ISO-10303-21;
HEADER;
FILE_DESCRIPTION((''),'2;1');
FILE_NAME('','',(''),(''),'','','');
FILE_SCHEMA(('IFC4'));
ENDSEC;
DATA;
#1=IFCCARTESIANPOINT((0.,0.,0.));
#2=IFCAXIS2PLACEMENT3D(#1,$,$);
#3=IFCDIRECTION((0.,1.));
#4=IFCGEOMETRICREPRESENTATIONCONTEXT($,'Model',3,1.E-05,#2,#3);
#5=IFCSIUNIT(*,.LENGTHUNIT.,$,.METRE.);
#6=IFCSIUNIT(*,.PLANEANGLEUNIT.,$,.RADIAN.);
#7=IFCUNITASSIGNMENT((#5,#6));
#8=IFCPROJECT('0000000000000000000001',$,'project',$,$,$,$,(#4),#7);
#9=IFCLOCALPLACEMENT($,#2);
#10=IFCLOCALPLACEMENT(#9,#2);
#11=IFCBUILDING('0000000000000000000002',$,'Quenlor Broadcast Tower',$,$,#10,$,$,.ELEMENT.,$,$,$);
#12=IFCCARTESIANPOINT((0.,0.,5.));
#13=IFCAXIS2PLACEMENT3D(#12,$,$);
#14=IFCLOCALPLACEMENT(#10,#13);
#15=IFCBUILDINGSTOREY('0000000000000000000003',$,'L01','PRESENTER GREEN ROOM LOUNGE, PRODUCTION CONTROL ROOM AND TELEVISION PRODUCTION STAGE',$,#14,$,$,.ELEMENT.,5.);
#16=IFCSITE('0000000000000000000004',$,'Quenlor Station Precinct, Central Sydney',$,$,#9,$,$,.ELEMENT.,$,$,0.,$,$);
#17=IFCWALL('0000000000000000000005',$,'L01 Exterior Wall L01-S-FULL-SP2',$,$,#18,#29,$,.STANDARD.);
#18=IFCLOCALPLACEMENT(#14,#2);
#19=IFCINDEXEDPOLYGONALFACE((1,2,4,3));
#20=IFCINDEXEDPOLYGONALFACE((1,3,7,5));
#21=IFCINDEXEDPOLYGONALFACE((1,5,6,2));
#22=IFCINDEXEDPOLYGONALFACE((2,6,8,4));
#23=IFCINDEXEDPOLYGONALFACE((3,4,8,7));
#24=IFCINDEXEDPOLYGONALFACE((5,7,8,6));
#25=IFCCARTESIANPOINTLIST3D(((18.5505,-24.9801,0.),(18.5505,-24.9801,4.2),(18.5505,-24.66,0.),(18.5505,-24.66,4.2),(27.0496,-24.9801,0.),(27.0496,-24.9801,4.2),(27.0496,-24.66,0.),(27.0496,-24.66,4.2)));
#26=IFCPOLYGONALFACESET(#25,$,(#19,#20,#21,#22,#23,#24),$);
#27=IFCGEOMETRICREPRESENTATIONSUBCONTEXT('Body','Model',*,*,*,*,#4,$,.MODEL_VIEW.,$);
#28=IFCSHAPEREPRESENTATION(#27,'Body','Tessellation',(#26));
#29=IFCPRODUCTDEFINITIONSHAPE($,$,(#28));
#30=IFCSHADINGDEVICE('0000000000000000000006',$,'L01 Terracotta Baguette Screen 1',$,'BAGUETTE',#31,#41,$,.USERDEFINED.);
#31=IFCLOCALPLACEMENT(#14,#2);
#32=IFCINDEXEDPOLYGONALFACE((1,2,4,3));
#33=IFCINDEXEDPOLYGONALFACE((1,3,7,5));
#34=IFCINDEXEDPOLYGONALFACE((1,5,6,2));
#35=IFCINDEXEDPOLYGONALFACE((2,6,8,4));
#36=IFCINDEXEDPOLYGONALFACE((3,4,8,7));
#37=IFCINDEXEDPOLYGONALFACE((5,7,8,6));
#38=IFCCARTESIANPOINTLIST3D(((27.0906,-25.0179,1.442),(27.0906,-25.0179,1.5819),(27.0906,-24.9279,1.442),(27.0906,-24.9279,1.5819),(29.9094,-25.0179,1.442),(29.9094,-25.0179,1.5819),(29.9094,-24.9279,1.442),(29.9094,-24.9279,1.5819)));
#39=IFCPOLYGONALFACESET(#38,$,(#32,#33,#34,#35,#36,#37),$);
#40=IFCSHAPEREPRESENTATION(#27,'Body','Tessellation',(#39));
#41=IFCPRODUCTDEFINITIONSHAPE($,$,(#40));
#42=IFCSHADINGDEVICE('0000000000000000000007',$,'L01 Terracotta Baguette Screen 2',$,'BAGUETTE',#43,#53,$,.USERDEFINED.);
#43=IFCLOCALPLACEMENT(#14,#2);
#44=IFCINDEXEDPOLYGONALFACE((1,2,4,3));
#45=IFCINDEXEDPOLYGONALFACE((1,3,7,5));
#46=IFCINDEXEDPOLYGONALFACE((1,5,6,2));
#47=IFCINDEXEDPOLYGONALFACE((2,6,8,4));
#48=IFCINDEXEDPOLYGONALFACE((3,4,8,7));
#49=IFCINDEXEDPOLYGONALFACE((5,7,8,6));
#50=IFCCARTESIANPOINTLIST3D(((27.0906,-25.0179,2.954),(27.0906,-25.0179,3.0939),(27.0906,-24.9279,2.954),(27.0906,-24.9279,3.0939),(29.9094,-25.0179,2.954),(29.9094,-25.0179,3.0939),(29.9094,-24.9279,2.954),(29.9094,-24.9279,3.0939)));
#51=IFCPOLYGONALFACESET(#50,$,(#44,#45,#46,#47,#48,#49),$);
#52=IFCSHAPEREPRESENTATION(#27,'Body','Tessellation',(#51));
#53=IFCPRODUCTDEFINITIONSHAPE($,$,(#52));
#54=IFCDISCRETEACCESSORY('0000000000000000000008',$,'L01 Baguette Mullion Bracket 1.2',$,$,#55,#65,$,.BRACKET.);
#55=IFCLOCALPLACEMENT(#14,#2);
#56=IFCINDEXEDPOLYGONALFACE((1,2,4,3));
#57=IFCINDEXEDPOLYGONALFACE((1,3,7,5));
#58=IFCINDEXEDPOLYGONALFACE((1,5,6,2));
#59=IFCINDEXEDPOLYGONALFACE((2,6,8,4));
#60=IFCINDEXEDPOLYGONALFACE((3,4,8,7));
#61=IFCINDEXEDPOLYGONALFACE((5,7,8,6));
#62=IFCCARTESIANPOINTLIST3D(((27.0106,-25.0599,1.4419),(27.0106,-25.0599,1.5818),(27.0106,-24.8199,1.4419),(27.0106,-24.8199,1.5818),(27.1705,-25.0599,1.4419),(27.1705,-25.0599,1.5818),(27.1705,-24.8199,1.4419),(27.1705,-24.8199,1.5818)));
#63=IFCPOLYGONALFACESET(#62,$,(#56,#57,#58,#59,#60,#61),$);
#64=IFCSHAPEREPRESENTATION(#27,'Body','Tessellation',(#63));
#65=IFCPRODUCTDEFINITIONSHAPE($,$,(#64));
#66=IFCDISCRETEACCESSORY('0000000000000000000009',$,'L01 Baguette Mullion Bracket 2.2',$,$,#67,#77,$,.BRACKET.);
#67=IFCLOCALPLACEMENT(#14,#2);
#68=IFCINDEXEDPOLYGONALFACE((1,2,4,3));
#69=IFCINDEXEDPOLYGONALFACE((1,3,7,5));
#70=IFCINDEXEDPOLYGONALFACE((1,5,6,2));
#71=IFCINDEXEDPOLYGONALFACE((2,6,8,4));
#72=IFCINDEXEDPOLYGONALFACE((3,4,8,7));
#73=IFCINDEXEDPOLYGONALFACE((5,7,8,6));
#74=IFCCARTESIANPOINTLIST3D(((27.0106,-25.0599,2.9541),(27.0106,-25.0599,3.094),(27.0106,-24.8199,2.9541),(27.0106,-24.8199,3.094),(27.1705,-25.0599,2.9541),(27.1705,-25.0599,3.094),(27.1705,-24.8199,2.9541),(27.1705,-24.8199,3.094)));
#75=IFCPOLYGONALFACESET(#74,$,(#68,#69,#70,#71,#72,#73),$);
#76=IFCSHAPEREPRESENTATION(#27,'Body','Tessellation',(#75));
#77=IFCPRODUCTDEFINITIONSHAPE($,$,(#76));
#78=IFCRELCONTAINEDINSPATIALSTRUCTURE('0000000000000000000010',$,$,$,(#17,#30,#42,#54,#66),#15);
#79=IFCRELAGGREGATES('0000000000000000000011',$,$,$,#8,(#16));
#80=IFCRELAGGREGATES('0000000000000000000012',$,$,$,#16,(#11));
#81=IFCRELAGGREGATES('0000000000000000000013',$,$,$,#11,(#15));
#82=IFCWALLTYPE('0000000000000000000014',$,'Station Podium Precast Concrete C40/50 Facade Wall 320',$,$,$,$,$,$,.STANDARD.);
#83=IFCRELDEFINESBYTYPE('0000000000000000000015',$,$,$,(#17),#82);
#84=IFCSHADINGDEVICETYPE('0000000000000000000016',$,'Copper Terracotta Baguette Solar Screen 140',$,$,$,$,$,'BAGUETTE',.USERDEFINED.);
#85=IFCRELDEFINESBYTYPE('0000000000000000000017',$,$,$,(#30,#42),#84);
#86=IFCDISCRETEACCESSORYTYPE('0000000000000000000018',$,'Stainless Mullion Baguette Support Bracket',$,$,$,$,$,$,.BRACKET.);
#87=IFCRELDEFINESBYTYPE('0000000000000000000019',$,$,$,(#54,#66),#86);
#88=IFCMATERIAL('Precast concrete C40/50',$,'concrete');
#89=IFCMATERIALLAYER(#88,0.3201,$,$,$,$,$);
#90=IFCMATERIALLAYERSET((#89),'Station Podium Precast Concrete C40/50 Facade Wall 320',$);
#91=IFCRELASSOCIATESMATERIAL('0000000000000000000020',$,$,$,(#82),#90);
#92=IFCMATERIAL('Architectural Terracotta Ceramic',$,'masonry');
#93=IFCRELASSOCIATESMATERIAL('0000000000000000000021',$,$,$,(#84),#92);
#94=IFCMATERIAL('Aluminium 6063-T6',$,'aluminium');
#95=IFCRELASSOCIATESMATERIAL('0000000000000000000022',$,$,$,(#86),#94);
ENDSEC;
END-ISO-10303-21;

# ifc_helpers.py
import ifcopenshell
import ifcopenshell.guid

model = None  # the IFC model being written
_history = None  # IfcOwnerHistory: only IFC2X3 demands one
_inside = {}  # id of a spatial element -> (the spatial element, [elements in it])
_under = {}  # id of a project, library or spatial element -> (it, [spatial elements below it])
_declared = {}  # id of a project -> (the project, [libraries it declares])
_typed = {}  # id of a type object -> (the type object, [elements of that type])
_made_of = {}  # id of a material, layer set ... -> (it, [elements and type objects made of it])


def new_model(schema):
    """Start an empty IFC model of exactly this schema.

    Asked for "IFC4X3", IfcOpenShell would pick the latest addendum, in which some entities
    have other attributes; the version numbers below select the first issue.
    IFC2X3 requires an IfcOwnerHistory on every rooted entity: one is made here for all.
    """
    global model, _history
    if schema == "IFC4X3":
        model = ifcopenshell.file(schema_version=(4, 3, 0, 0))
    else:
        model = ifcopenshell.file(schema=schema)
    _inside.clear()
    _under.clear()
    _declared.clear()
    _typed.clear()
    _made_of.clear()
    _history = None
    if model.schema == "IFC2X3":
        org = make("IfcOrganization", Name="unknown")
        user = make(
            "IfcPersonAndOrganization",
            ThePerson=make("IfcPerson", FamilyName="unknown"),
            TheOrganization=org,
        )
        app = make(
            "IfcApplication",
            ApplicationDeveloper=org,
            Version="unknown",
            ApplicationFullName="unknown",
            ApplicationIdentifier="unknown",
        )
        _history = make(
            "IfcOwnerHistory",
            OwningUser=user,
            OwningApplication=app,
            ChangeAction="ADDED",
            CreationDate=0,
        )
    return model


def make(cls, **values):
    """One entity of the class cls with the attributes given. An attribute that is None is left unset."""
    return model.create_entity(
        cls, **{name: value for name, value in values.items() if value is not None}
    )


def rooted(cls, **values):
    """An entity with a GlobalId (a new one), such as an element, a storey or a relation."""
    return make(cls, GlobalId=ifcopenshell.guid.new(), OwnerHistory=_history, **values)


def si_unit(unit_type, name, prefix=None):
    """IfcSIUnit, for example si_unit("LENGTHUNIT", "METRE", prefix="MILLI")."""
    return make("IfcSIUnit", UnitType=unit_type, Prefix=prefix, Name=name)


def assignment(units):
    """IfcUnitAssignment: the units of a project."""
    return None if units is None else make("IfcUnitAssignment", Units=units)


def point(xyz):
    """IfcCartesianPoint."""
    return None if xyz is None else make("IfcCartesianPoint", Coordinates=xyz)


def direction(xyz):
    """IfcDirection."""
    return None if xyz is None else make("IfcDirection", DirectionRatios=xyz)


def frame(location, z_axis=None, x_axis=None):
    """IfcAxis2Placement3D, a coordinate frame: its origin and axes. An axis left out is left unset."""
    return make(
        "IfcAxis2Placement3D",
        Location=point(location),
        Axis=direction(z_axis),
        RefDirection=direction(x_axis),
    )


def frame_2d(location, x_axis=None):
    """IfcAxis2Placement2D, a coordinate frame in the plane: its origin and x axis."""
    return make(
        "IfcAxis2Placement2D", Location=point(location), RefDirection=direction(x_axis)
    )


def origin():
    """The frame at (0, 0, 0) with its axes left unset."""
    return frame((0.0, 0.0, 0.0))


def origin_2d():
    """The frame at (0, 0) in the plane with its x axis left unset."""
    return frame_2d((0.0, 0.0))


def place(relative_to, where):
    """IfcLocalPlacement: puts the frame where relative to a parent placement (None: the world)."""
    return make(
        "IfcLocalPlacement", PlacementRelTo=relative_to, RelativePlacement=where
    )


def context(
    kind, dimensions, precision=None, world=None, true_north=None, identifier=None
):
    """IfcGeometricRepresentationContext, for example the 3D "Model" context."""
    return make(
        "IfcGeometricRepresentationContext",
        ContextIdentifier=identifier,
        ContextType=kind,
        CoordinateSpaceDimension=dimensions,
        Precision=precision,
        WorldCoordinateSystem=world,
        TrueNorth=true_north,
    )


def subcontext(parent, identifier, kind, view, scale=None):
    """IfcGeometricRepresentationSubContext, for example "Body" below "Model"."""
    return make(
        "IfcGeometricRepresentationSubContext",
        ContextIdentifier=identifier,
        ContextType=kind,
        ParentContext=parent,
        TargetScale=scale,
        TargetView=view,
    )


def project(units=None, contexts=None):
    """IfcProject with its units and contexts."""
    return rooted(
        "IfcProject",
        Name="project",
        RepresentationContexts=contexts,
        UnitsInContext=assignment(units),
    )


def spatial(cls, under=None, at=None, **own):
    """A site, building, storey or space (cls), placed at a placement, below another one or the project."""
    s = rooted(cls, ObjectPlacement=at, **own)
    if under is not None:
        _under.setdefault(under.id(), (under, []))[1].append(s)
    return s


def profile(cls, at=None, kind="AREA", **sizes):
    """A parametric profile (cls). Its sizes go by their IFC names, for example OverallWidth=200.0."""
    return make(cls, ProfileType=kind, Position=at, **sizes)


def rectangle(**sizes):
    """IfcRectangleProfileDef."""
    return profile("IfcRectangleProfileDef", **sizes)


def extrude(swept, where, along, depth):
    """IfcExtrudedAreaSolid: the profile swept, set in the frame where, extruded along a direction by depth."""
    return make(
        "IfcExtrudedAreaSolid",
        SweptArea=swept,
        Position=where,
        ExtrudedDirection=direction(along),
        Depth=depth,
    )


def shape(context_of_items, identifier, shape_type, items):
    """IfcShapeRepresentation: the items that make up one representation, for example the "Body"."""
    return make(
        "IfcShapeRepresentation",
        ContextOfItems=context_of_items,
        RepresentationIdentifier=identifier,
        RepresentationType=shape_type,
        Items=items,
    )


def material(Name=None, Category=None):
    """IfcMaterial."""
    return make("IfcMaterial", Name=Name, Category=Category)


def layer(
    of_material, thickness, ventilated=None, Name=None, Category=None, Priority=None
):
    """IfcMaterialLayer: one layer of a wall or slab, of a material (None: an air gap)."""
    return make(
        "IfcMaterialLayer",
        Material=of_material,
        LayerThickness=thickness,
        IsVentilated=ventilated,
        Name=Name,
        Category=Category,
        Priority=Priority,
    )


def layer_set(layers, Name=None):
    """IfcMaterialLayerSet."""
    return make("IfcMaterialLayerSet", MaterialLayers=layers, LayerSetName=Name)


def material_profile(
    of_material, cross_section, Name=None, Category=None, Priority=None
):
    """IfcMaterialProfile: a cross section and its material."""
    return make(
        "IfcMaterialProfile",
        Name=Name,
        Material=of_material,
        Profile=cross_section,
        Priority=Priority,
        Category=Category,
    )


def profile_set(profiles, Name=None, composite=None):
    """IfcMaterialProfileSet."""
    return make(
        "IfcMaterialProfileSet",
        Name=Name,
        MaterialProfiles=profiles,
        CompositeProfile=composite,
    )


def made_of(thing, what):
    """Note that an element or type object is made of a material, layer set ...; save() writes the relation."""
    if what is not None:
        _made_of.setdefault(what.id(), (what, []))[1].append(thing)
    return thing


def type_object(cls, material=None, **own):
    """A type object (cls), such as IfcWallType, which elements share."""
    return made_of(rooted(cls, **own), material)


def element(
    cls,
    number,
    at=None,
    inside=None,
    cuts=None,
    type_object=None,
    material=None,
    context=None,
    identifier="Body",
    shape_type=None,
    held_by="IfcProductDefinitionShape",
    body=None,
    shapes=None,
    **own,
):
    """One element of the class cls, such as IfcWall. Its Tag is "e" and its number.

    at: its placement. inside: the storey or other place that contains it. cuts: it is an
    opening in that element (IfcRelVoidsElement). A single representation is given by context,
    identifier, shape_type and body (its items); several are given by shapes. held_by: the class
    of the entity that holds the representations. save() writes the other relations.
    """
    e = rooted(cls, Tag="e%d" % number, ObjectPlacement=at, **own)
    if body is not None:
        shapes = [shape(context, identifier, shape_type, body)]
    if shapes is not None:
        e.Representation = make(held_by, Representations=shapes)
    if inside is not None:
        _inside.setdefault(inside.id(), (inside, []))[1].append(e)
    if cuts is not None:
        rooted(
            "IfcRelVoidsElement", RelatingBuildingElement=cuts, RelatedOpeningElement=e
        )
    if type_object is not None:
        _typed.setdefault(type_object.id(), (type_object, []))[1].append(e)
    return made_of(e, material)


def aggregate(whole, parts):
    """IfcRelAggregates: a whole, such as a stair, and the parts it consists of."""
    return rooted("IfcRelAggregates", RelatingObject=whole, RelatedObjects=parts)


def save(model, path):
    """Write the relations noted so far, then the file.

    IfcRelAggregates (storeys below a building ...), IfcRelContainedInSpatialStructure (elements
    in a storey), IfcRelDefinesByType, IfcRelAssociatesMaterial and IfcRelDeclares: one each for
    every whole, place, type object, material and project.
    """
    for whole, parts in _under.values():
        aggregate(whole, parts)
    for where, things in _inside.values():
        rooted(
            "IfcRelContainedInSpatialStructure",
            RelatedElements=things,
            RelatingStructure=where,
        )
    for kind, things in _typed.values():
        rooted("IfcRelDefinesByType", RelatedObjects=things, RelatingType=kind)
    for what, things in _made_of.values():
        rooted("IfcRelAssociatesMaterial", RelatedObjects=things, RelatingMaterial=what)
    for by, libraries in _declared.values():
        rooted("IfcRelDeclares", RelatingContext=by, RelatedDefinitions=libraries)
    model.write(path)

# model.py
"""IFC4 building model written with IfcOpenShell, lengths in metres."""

from ifc_helpers import new_model, si_unit, direction, frame, frame_2d, origin, origin_2d, place, context, subcontext, project, spatial, rectangle, extrude, material, layer, layer_set, material_profile, profile_set, type_object, element, save


model = new_model("IFC4")

# Units and contexts
model_context = context("Model", 3, precision=1e-05, world=origin(), true_north=direction((0.0, 1.0)))
body_context = subcontext(model_context, "Body", "Model", "MODEL_VIEW")
ifc_project = project(units=[si_unit("LENGTHUNIT", "METRE"), si_unit("PLANEANGLEUNIT", "RADIAN")], contexts=[model_context])

# Site, building, storey
site_placement = place(None, origin())
site = spatial("IfcSite", under=ifc_project, at=site_placement, Name="Quenlor Station Precinct, Central Sydney", CompositionType="ELEMENT", RefElevation=0.0)
building_placement = place(site_placement, origin())
building = spatial("IfcBuilding", under=site, at=building_placement, Name="Quenlor Broadcast Tower", CompositionType="ELEMENT")
storey_placement = place(building_placement, frame((0.0, 0.0, 5.0)))
storey = spatial("IfcBuildingStorey", under=building, at=storey_placement, Name="L01", Description="PRESENTER GREEN ROOM LOUNGE, PRODUCTION CONTROL ROOM AND TELEVISION PRODUCTION STAGE", CompositionType="ELEMENT", Elevation=5.0)

# Wall
ifc_material_1 = material(Name="Precast concrete C40/50", Category="concrete")
ifc_layer_1 = layer(ifc_material_1, 0.3201)
ifc_layer_set_1 = layer_set([ifc_layer_1], Name="Station Podium Precast Concrete C40/50 Facade Wall 320")
wall_type = type_object("IfcWallType", Name="Station Podium Precast Concrete C40/50 Facade Wall 320", PredefinedType="STANDARD", material=ifc_layer_set_1)
wall_placement = place(storey_placement, frame((27.0496, -24.8201, 0.0), z_axis=(0.0, 0.0, 1.0), x_axis=(-1.0, 0.0, 0.0)))
element("IfcWall", 1, at=wall_placement, inside=storey, type_object=wall_type, Name="L01 Exterior Wall L01-S-FULL-SP2", PredefinedType="STANDARD", context=body_context, shape_type="SweptSolid", body=[
    extrude(rectangle(XDim=8.499, YDim=0.3201, at=frame_2d((4.2495, 0.0))), origin(), (0.0, 0.0, 1.0), 4.2),
])

# Shading devices
ifc_material_2 = material(Name="Architectural Terracotta Ceramic", Category="masonry")
ifc_material_profile_1 = material_profile(ifc_material_2, rectangle(XDim=0.0901, YDim=0.1399, at=origin_2d()))
ifc_profile_set_1 = profile_set([ifc_material_profile_1], Name="Architectural Terracotta Ceramic BAG90x140")
shading_device_type = type_object("IfcShadingDeviceType", Name="Copper Terracotta Baguette Solar Screen 140", ElementType="BAGUETTE", PredefinedType="USERDEFINED", material=ifc_profile_set_1)
for number, where, z_axis, x_axis, name in (
    (2, (29.9094, -24.9729, 1.512), (-1.0, 0.0, 0.0), (0.0, -1.0, 0.0), "L01 Terracotta Baguette Screen 1"),
    (3, (29.9094, -24.9729, 3.0239), (-1.0, 0.0, 0.0), (0.0, -1.0, 0.0), "L01 Terracotta Baguette Screen 2"),
):
    element("IfcShadingDevice", number, at=place(storey_placement, frame(where, z_axis=z_axis, x_axis=x_axis)), inside=storey, type_object=shading_device_type, Name=name, ObjectType="BAGUETTE", PredefinedType="USERDEFINED", context=body_context, shape_type="SweptSolid", body=[
        extrude(rectangle(XDim=0.0901, YDim=0.1399, at=origin_2d()), origin(), (0.0, 0.0, 1.0), 2.8188),
    ])

# Discrete accessories
ifc_material_3 = material(Name="Aluminium 6063-T6", Category="aluminium")
discrete_accessory_type = type_object("IfcDiscreteAccessoryType", Name="Stainless Mullion Baguette Support Bracket", PredefinedType="BRACKET", material=ifc_material_3)
for number, where, z_axis, x_axis, name in (
    (4, (27.0906, -24.9399, 1.4419), (0.0, 0.0, 1.0), (-1.0, 0.0, 0.0), "L01 Baguette Mullion Bracket 1.2"),
    (5, (27.0906, -24.9399, 2.9541), (0.0, 0.0, 1.0), (-1.0, 0.0, 0.0), "L01 Baguette Mullion Bracket 2.2"),
):
    element("IfcDiscreteAccessory", number, at=place(storey_placement, frame(where, z_axis=z_axis, x_axis=x_axis)), inside=storey, type_object=discrete_accessory_type, Name=name, PredefinedType="BRACKET", context=body_context, shape_type="SweptSolid", body=[
        extrude(rectangle(XDim=0.1599, YDim=0.24, at=origin_2d()), origin(), (0.0, 0.0, 1.0), 0.1399),
    ])

save(model, "model.ifc")
